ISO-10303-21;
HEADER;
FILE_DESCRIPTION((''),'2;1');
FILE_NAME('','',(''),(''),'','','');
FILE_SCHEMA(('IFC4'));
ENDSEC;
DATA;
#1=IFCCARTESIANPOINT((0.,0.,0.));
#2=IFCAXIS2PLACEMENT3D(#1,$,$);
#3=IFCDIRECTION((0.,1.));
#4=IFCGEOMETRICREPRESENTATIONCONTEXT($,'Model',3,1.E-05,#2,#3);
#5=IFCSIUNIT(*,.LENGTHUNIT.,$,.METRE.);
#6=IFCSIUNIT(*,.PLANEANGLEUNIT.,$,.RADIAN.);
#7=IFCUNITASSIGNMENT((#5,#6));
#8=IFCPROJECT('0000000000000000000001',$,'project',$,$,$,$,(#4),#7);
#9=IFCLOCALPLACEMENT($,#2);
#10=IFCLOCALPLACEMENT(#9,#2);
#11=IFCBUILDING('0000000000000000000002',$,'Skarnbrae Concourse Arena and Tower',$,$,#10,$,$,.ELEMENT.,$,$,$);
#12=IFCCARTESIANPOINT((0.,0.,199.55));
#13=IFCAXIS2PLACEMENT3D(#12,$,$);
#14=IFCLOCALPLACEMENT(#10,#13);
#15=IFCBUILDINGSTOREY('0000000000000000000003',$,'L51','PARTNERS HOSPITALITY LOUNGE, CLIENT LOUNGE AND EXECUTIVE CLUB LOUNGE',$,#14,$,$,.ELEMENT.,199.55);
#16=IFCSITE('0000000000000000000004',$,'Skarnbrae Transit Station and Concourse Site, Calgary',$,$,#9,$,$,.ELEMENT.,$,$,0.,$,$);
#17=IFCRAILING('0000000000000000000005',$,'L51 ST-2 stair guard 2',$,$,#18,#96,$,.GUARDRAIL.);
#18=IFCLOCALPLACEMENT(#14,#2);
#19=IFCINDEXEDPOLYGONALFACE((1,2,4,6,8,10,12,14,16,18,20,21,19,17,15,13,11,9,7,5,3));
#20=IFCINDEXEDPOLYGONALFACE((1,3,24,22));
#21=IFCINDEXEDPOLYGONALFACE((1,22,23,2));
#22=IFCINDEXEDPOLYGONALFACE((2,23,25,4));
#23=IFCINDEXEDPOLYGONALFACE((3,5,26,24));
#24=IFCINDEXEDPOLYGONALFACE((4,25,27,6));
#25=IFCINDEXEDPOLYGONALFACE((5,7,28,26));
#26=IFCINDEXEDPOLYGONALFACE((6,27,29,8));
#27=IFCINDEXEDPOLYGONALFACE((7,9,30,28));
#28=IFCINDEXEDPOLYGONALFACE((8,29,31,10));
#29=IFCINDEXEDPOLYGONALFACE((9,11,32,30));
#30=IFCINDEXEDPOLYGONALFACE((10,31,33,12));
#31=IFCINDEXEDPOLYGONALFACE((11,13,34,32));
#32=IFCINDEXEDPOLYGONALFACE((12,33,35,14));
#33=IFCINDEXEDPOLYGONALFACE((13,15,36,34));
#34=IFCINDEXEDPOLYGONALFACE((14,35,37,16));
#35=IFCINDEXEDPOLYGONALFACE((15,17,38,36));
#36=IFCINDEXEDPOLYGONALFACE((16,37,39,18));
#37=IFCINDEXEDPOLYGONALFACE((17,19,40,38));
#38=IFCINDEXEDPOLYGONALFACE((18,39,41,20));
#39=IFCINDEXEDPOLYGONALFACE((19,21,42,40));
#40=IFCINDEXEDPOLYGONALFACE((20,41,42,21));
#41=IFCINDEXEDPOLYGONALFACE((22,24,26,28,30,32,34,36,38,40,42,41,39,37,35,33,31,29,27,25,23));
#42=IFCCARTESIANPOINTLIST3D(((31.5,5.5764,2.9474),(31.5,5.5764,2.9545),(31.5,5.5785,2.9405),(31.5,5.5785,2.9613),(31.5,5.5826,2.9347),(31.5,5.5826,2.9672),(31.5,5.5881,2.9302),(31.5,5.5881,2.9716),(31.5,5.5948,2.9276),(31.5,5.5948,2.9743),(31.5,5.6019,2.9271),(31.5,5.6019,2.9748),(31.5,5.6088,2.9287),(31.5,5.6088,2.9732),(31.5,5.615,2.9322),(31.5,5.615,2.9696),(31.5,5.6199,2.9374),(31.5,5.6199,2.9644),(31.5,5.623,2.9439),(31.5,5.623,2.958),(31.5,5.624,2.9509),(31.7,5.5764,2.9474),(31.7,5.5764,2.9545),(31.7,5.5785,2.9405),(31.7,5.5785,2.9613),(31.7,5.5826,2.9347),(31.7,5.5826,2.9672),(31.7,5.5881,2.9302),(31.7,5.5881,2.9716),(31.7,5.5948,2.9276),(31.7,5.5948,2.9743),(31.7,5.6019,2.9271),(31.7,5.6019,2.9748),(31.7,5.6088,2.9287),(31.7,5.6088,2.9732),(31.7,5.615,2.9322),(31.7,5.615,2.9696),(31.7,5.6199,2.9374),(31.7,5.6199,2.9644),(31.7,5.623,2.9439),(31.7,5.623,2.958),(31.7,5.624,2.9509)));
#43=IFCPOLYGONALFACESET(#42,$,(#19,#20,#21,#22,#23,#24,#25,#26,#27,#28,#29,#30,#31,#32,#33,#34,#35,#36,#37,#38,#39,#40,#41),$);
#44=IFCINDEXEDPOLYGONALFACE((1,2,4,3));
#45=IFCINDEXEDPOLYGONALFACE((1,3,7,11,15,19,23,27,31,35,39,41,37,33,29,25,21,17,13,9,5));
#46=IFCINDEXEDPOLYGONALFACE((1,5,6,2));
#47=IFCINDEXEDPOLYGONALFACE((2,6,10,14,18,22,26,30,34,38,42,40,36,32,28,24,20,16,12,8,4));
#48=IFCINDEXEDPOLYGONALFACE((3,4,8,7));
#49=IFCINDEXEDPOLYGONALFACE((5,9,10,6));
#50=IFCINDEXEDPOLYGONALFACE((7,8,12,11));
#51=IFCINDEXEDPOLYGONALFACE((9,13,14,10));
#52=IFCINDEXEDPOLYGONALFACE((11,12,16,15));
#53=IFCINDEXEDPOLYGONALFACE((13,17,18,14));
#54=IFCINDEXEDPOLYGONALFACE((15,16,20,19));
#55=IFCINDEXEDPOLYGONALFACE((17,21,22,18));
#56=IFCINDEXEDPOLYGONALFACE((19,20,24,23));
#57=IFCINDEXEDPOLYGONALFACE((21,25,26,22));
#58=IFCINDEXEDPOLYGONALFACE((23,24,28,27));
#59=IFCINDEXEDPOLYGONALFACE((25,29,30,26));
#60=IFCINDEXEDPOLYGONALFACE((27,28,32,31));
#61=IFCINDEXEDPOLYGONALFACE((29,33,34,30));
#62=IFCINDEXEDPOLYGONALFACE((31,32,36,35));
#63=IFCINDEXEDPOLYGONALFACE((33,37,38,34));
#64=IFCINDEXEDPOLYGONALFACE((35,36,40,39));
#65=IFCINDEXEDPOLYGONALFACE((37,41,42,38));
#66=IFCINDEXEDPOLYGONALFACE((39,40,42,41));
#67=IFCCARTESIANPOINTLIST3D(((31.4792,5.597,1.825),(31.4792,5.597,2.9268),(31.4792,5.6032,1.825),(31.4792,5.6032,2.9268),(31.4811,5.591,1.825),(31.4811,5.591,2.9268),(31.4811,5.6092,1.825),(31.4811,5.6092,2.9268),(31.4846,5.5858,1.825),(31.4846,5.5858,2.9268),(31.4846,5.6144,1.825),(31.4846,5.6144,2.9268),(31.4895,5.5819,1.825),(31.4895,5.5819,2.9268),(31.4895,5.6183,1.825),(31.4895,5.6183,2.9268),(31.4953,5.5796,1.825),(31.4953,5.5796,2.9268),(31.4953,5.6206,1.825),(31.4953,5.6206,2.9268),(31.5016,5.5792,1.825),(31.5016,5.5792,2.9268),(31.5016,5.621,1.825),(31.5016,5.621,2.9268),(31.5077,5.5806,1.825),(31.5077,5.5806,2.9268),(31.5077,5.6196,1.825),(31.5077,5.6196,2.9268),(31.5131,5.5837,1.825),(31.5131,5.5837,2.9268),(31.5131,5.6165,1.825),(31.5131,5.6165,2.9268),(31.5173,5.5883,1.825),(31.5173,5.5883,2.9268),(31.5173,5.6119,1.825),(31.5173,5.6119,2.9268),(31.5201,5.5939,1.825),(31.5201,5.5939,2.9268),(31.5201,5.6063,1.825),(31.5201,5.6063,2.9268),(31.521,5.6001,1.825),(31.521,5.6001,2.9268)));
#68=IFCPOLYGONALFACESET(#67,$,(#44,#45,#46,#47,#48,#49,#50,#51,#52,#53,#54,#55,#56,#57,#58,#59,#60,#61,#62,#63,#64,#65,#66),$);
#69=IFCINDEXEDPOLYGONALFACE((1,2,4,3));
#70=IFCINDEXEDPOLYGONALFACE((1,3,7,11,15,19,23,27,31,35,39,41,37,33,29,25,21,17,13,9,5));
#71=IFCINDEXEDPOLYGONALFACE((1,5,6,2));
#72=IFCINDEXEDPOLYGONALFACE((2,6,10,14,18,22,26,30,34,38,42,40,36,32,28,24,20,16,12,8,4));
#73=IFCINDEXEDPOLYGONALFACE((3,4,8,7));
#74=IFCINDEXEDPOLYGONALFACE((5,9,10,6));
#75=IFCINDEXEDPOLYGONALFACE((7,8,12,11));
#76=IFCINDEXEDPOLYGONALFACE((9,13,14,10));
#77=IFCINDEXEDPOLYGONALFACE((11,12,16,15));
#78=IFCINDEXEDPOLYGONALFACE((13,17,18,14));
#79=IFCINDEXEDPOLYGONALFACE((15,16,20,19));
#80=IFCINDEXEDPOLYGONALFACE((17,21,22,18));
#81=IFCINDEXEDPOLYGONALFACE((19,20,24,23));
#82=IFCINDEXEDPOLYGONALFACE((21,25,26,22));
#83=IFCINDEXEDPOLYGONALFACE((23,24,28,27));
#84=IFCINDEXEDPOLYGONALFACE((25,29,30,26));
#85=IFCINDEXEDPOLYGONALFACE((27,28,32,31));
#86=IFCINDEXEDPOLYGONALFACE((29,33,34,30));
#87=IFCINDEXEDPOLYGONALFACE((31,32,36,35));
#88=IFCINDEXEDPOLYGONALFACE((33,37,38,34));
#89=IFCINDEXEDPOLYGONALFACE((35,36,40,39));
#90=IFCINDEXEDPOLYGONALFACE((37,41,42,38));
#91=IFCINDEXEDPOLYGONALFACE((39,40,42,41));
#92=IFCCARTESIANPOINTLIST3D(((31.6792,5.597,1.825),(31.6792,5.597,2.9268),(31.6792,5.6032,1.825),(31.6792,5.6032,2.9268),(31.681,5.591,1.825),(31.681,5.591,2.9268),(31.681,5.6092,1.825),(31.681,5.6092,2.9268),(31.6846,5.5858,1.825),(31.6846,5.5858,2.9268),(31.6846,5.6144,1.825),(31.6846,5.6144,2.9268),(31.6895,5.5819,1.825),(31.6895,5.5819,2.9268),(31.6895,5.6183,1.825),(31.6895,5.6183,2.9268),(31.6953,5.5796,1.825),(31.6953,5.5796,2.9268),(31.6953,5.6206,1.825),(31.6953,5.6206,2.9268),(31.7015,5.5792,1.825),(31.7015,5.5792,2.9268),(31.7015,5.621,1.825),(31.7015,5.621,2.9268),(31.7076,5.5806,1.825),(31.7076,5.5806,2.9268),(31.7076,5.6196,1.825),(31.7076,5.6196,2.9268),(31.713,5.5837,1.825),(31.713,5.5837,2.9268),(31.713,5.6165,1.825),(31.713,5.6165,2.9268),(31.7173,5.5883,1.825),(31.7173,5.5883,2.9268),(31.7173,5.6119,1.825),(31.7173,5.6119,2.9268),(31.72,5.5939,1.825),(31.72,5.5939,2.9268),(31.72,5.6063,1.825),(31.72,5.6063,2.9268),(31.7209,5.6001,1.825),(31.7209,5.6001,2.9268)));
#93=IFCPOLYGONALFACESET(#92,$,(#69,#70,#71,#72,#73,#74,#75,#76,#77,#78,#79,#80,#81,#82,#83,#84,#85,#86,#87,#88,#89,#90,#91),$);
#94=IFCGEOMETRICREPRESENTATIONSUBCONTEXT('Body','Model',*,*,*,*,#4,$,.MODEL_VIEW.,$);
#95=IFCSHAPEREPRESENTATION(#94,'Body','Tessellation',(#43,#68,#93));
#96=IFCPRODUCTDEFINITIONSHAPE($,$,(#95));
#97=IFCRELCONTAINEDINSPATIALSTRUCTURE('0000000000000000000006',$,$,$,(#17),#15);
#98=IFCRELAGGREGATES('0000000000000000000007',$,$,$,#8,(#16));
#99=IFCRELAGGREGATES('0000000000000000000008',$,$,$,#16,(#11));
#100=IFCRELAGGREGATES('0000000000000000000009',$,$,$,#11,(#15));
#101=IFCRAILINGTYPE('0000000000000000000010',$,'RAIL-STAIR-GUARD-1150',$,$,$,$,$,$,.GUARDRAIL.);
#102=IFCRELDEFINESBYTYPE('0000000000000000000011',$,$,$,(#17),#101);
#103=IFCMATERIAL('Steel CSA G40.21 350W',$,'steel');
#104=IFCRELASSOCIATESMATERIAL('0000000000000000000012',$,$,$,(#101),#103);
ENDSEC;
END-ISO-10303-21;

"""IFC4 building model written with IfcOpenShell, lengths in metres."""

from ifc_helpers import new_model, si_unit, direction, frame, origin, origin_2d, place, context, subcontext, project, spatial, circle, extrude, material, type_object, element, save


model = new_model("IFC4")

# Units and contexts
model_context = context("Model", 3, precision=1e-05, world=origin(), true_north=direction((0.0, 1.0)))
body_context = subcontext(model_context, "Body", "Model", "MODEL_VIEW")
ifc_project = project(units=[si_unit("LENGTHUNIT", "METRE"), si_unit("PLANEANGLEUNIT", "RADIAN")], contexts=[model_context])

# Site, building, storey
site_placement = place(None, origin())
site = spatial("IfcSite", under=ifc_project, at=site_placement, Name="Skarnbrae Transit Station and Concourse Site, Calgary", CompositionType="ELEMENT", RefElevation=0.0)
building_placement = place(site_placement, origin())
building = spatial("IfcBuilding", under=site, at=building_placement, Name="Skarnbrae Concourse Arena and Tower", CompositionType="ELEMENT")
storey_placement = place(building_placement, frame((0.0, 0.0, 199.55)))
storey = spatial("IfcBuildingStorey", under=building, at=storey_placement, Name="L51", Description="PARTNERS HOSPITALITY LOUNGE, CLIENT LOUNGE AND EXECUTIVE CLUB LOUNGE", CompositionType="ELEMENT", Elevation=199.55)

# Shared definitions
ifc_material_1 = material(Name="Steel CSA G40.21 350W", Category="steel")

# Railing
railing_type_1 = type_object("IfcRailingType", Name="RAIL-STAIR-GUARD-1150", PredefinedType="GUARDRAIL", material=ifc_material_1)
railing_1_placement = place(storey_placement, frame((31.5, 5.6001, 1.825)))
element("IfcRailing", 1, at=railing_1_placement, inside=storey, type_object=railing_type_1, Name="L51 ST-2 stair guard 2", PredefinedType="GUARDRAIL", context=body_context, shape_type="SweptSolid", body=[
    extrude(circle(Radius=0.0239, at=origin_2d()), frame((0.0, 0.0, 1.126), z_axis=(1.0, 0.0, 0.0), x_axis=(0.0, 1.0, 0.0)), (0.0, 0.0, 1.0), 0.2),
    extrude(circle(Radius=0.021, at=origin_2d()), origin(), (0.0, 0.0, 1.0), 1.1018),
    extrude(circle(Radius=0.021, at=origin_2d()), frame((0.2, 0.0, 0.0)), (0.0, 0.0, 1.0), 1.1018),
])

save(model, "model.ifc")
